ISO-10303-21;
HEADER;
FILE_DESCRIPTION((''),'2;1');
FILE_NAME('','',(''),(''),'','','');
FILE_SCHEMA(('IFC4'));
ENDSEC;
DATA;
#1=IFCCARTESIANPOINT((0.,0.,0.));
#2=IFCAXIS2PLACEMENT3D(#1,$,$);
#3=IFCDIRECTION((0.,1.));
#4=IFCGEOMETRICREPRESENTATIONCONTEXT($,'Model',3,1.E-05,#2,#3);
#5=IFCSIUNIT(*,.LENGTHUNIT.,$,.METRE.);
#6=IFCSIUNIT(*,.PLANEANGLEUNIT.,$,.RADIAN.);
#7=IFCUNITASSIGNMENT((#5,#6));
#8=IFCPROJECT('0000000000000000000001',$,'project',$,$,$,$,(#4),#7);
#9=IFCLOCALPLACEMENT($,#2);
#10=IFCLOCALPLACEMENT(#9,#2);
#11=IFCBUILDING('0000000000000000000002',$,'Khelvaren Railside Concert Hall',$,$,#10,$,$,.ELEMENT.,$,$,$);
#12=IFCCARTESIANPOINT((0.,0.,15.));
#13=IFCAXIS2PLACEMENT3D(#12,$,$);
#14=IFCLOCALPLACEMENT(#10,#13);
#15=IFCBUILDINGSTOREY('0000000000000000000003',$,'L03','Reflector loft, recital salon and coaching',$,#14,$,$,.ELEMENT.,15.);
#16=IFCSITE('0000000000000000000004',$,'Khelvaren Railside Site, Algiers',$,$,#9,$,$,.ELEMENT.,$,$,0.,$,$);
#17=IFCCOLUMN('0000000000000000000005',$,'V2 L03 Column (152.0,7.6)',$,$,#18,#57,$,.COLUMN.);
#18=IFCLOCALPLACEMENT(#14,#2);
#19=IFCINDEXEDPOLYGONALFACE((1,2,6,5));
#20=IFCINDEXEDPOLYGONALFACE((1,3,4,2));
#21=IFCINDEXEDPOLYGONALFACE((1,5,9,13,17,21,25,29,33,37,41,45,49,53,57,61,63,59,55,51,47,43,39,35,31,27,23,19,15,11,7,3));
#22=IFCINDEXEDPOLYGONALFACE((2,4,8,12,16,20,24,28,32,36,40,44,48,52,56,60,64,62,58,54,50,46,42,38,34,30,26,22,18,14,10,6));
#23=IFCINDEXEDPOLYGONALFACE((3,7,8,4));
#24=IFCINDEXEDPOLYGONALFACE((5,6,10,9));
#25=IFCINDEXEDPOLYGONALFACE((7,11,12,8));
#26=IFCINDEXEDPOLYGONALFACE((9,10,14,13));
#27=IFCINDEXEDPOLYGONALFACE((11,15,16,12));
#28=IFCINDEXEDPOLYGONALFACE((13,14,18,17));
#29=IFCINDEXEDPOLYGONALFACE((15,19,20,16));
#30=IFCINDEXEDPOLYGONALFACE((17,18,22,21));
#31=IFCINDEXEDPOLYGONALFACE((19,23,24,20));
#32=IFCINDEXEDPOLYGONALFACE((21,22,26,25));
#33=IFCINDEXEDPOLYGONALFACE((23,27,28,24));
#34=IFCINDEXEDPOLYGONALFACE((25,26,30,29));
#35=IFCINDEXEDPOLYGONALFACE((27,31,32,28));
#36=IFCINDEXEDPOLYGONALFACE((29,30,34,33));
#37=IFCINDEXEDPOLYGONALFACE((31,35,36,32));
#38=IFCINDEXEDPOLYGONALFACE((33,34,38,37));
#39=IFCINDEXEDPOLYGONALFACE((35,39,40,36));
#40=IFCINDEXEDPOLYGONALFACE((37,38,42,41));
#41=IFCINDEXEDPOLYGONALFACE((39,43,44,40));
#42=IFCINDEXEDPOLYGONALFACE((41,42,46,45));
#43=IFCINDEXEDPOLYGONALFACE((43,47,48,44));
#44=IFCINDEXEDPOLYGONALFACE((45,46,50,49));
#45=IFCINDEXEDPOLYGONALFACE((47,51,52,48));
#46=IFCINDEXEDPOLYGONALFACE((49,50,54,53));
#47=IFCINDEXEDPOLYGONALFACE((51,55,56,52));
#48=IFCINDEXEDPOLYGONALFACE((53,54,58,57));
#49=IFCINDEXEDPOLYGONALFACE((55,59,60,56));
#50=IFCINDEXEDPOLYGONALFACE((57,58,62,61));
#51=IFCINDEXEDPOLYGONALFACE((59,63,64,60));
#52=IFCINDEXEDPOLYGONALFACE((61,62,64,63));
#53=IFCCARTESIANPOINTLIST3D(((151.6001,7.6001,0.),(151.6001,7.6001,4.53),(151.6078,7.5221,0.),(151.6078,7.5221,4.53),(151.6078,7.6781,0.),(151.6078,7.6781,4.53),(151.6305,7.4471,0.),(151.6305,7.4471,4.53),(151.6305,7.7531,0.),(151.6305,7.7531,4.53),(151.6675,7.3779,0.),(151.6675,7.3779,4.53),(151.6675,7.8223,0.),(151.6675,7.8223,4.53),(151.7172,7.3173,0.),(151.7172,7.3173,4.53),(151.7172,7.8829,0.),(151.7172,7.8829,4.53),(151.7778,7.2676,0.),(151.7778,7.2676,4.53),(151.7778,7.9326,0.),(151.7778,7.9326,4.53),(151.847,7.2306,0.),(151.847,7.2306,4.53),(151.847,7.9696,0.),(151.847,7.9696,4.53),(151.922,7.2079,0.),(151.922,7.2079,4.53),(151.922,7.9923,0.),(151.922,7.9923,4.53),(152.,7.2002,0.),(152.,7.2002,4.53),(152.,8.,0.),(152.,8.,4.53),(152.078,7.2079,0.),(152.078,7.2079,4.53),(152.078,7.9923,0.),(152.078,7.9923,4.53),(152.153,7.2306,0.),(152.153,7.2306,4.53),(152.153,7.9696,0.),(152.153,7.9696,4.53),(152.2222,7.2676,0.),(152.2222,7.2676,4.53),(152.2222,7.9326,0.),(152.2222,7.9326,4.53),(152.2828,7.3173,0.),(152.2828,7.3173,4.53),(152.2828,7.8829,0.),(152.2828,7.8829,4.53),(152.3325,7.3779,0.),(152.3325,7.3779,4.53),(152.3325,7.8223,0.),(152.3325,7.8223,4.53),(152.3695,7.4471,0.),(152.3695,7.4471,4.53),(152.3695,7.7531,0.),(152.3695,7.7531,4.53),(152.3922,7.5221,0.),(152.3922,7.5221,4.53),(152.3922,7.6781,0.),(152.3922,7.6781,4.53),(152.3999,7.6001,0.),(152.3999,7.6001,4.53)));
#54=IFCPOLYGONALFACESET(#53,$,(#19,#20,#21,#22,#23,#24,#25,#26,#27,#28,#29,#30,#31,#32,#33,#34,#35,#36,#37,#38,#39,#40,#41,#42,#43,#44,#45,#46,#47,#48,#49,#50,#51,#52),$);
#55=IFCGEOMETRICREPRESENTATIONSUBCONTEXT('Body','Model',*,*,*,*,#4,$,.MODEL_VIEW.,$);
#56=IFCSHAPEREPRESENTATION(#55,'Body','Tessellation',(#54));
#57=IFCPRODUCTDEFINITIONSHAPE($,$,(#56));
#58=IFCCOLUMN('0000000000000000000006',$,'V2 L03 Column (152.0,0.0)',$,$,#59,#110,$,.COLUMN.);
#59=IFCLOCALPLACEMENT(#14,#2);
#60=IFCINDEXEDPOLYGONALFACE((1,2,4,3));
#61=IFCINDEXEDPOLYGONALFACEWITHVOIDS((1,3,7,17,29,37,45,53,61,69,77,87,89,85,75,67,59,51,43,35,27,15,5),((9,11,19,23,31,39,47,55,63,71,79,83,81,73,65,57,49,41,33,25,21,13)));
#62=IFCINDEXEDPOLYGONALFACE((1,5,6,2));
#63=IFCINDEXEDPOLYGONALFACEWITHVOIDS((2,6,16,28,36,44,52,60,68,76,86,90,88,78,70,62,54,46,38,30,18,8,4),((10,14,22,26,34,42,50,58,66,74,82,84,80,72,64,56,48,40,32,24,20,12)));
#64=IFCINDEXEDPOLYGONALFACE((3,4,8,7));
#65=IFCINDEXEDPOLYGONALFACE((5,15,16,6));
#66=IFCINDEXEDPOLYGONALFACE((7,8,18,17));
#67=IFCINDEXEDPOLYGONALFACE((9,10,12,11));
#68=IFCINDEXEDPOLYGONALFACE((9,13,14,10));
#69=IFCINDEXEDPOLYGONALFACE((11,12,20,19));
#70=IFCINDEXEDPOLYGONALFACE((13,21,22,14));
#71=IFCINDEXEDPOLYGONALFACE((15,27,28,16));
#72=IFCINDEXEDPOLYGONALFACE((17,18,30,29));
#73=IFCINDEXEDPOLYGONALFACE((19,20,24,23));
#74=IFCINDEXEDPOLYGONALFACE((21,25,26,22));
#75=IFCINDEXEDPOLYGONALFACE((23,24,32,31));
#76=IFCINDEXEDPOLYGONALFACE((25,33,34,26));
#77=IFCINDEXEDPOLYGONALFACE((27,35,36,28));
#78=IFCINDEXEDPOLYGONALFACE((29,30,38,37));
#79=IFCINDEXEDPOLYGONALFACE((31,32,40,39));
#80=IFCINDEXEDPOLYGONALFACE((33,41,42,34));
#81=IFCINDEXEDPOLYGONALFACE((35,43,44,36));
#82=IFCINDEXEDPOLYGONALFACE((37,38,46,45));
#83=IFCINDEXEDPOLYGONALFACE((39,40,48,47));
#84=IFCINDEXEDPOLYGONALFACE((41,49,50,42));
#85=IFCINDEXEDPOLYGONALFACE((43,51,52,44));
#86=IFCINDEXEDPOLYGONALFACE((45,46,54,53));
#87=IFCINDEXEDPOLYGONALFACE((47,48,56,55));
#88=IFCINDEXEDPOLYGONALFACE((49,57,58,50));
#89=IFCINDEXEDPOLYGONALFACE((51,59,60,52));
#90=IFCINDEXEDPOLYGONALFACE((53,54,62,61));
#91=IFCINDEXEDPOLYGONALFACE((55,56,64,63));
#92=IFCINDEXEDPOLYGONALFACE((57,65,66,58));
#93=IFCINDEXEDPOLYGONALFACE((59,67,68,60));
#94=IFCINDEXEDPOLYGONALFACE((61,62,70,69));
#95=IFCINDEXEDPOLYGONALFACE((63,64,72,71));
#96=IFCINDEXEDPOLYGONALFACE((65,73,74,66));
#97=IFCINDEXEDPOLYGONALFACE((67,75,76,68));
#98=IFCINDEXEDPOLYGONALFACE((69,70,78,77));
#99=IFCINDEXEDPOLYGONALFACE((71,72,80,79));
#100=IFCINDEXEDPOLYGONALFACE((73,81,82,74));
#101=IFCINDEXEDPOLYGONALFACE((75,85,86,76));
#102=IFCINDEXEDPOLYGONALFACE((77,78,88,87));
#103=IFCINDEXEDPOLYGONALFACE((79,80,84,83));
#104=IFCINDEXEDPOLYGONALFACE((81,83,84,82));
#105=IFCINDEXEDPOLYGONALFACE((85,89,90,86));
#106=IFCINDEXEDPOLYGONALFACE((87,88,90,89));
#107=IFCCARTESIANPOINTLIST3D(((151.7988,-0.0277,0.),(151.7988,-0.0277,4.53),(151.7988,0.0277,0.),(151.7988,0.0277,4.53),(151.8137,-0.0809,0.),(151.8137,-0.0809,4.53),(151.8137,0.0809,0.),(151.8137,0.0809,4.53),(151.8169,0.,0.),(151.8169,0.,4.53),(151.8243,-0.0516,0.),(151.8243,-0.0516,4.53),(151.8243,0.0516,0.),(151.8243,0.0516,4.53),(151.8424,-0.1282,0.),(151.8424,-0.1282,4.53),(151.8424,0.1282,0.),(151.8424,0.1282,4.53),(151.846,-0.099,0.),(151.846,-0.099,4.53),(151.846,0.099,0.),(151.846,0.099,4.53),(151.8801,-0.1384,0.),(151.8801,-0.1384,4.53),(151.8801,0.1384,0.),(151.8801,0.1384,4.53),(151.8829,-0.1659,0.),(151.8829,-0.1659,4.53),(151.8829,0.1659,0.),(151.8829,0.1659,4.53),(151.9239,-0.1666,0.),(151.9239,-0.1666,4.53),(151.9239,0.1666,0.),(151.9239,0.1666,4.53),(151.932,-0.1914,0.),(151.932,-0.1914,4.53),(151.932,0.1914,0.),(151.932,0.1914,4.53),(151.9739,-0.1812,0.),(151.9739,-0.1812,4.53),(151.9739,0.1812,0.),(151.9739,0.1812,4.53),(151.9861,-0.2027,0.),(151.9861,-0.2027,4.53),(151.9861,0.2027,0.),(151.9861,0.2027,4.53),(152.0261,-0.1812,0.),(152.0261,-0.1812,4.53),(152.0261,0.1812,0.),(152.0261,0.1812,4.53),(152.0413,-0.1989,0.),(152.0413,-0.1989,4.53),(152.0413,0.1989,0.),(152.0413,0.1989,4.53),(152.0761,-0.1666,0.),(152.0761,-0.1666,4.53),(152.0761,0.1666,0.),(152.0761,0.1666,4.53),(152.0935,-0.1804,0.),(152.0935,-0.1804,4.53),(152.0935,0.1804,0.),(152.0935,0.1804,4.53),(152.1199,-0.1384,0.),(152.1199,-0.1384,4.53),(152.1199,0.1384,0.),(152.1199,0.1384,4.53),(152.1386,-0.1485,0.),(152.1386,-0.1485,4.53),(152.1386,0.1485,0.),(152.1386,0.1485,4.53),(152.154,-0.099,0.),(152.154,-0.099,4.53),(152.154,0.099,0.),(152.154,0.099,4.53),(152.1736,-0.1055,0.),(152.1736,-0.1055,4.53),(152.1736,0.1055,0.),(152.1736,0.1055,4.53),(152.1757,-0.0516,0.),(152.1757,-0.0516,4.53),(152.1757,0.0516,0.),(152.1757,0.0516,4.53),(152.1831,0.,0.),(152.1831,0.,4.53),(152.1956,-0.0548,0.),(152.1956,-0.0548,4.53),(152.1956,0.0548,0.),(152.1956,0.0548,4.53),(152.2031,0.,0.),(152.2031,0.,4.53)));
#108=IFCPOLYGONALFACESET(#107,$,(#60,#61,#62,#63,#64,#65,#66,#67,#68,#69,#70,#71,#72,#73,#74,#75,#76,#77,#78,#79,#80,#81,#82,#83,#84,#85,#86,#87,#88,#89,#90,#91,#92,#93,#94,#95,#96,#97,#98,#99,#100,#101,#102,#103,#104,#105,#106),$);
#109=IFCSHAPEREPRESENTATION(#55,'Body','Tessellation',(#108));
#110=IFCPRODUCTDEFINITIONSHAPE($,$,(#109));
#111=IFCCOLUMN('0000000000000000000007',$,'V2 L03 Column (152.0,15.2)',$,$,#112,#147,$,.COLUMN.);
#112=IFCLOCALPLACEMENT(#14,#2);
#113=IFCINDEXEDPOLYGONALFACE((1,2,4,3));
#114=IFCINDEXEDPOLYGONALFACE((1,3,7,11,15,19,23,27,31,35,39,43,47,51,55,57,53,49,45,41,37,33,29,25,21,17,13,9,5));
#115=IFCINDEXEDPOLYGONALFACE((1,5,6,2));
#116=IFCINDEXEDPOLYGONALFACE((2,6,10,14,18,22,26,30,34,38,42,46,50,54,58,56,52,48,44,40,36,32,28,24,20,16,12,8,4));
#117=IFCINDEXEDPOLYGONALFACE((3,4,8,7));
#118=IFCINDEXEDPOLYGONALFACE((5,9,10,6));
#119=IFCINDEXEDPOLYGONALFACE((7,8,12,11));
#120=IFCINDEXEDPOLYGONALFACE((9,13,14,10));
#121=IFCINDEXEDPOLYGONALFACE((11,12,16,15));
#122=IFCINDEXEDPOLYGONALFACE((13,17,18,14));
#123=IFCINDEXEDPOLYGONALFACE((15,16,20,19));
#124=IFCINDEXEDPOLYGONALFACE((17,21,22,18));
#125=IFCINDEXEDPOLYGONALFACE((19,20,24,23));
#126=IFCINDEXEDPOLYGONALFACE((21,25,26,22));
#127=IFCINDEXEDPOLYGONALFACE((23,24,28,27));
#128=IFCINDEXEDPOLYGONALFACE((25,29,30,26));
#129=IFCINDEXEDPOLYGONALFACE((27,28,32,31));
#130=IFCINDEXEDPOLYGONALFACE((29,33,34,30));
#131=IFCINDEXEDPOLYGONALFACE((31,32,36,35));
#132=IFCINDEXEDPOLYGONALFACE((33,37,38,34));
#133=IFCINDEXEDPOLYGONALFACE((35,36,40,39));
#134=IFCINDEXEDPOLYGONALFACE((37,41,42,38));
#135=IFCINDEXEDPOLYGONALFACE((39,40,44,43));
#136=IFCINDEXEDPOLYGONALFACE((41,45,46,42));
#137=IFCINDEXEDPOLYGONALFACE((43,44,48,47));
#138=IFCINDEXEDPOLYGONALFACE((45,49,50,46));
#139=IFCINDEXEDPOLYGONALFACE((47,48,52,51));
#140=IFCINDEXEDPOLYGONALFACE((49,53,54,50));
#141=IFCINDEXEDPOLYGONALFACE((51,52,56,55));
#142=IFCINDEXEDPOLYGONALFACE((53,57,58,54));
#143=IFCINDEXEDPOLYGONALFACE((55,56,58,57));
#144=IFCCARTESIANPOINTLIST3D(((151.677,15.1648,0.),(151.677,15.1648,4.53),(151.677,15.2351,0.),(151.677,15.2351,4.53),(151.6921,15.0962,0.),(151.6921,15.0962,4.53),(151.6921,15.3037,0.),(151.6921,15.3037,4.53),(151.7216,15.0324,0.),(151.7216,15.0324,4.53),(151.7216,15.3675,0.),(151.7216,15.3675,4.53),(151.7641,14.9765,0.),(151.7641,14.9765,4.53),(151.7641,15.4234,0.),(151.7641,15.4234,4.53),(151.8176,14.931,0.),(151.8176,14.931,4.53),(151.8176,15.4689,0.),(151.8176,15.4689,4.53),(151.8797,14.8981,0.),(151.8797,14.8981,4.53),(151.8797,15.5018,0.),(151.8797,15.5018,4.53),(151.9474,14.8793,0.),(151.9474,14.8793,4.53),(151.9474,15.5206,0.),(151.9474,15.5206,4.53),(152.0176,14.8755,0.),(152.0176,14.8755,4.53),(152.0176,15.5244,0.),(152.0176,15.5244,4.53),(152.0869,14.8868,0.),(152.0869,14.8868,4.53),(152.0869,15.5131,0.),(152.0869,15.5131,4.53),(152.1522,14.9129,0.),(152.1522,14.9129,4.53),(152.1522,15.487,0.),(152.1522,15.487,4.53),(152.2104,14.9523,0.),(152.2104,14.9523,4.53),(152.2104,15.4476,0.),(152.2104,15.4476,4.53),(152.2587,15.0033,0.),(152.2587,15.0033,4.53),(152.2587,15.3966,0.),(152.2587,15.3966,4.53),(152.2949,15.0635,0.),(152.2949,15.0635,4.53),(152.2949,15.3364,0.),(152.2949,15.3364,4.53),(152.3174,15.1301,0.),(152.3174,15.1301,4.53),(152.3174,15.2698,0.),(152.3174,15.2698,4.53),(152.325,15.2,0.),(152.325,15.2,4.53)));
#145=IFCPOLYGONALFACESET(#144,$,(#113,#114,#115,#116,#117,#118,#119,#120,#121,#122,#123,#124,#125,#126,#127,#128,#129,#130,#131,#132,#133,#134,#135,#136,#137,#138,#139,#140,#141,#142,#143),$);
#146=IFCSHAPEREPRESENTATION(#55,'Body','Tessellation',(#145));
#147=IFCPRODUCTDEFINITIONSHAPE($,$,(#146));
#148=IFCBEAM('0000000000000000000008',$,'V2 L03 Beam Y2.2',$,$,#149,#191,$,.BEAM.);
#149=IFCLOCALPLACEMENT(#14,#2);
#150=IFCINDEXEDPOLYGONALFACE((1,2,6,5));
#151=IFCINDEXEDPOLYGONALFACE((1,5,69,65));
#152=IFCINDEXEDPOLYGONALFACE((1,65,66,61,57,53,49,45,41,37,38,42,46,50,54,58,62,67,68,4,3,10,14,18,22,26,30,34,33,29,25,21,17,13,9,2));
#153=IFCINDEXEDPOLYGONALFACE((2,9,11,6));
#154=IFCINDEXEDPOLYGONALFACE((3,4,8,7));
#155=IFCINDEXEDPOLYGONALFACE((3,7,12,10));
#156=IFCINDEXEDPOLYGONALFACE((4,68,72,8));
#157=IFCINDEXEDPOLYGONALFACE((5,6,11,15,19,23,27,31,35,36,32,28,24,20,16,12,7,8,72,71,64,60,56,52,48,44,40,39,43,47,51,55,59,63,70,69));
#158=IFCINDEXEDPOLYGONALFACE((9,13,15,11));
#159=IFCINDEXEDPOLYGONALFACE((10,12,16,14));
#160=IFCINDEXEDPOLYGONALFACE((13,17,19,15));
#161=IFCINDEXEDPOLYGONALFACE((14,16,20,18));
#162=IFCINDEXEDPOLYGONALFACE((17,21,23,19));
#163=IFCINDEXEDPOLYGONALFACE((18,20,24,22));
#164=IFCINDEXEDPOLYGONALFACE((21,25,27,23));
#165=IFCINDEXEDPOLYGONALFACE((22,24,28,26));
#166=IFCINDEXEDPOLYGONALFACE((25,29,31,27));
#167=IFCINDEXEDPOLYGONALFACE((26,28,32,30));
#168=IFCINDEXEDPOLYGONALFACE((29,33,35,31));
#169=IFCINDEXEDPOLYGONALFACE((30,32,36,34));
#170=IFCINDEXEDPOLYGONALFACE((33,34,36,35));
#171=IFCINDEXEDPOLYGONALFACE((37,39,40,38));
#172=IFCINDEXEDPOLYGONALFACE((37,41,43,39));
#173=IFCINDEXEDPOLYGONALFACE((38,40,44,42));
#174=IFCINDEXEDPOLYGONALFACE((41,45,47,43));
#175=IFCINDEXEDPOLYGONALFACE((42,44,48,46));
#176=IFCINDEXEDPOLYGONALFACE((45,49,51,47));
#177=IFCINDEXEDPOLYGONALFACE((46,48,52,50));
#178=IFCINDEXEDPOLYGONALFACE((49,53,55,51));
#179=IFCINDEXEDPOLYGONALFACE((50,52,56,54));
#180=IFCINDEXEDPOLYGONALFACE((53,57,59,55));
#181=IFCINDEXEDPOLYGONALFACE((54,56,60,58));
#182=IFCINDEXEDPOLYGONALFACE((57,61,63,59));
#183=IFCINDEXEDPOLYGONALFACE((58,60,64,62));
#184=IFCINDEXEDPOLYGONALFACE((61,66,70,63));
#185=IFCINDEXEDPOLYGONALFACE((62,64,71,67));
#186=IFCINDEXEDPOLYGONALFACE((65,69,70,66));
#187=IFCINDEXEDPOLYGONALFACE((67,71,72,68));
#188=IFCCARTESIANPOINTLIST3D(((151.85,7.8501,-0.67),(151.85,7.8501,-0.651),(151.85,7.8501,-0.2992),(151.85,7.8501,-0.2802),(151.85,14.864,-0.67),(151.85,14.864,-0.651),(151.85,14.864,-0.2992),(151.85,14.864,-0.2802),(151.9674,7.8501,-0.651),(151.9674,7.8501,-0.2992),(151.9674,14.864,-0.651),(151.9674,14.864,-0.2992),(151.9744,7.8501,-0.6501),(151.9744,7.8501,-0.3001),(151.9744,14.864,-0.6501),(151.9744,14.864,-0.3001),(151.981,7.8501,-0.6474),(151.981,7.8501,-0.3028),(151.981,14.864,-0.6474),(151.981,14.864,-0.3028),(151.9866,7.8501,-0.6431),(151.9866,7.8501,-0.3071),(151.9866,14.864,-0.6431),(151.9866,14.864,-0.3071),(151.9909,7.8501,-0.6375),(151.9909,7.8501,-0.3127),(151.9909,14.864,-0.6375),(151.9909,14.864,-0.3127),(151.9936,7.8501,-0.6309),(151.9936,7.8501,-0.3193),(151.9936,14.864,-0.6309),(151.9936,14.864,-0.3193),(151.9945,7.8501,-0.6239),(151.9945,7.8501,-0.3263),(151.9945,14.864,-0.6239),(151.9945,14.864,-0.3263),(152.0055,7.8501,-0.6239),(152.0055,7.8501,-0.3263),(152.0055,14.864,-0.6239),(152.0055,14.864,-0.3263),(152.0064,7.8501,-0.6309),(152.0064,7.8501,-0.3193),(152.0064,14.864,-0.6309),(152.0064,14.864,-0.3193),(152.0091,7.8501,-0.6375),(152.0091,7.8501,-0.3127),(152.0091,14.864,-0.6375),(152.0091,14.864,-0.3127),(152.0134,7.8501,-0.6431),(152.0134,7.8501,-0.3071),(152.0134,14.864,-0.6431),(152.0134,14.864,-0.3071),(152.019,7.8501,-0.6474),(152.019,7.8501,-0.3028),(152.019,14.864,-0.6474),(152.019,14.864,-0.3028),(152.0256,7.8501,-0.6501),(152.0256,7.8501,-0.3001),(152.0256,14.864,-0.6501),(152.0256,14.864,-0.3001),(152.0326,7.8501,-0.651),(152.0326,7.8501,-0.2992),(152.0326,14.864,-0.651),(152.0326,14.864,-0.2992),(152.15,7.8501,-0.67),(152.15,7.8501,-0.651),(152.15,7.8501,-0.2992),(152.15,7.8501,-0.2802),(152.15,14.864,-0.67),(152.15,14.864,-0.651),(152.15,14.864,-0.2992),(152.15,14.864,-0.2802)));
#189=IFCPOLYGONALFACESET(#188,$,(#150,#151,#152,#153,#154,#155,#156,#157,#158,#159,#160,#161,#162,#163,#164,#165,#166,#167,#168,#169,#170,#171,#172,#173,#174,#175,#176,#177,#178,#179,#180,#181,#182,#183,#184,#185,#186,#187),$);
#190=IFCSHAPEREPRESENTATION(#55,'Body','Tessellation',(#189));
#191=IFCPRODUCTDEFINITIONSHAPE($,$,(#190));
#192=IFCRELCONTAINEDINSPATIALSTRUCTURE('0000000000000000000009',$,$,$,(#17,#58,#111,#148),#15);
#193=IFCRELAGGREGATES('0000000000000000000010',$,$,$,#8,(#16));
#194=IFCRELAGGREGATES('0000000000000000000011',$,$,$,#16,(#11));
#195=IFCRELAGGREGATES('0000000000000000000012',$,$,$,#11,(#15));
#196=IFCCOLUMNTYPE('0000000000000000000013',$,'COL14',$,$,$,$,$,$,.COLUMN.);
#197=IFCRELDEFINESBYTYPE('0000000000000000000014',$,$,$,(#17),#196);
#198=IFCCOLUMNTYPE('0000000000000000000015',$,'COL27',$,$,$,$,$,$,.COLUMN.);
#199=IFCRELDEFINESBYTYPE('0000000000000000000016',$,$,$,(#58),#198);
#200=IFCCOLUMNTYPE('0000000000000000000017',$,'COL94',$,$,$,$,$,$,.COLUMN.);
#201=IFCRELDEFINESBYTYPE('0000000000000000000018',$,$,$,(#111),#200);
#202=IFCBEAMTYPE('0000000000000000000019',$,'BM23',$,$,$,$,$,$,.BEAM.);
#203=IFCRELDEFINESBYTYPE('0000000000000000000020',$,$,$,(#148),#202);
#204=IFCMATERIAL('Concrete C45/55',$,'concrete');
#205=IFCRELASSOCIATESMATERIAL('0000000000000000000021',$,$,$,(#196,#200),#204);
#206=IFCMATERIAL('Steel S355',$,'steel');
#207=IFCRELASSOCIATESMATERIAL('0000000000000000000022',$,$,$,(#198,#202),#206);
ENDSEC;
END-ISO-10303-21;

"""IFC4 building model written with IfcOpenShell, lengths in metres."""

from ifc_helpers import new_model, si_unit, direction, frame, origin, origin_2d, place, context, subcontext, project, spatial, circle, hollow_circle, i_section, extrude, material, material_profile, profile_set, type_object, element, save


model = new_model("IFC4")

# Units and contexts
model_context = context("Model", 3, precision=1e-05, world=origin(), true_north=direction((0.0, 1.0)))
body_context = subcontext(model_context, "Body", "Model", "MODEL_VIEW")
ifc_project = project(units=[si_unit("LENGTHUNIT", "METRE"), si_unit("PLANEANGLEUNIT", "RADIAN")], contexts=[model_context])

# Site, building, storey
site_placement = place(None, origin())
site = spatial("IfcSite", under=ifc_project, at=site_placement, Name="Khelvaren Railside Site, Algiers", CompositionType="ELEMENT", RefElevation=0.0)
building_placement = place(site_placement, origin())
building = spatial("IfcBuilding", under=site, at=building_placement, Name="Khelvaren Railside Concert Hall", CompositionType="ELEMENT")
storey_placement = place(building_placement, frame((0.0, 0.0, 15.0)))
storey = spatial("IfcBuildingStorey", under=building, at=storey_placement, Name="L03", Description="Reflector loft, recital salon and coaching", CompositionType="ELEMENT", Elevation=15.0)

# Columns
ifc_material_1 = material(Name="Concrete C45/55", Category="concrete")
ifc_material_profile_1 = material_profile(ifc_material_1, circle(Radius=0.3999, at=origin_2d()), Name="RC D800")
ifc_profile_set_1 = profile_set([ifc_material_profile_1], Name="Concrete C45/55")
column_type_1 = type_object("IfcColumnType", Name="COL14", PredefinedType="COLUMN", material=ifc_profile_set_1)
column_1_placement = place(storey_placement, frame((152.0, 7.6001, 0.0), z_axis=(0.0, 0.0, 1.0), x_axis=(1.0, 0.0, 0.0)))
element("IfcColumn", 1, at=column_1_placement, inside=storey, type_object=column_type_1, Name="V2 L03 Column (152.0,7.6)", PredefinedType="COLUMN", context=body_context, shape_type="SweptSolid", body=[
    extrude(circle(Radius=0.3999, at=origin_2d()), origin(), (0.0, 0.0, 1.0), 4.53),
])
ifc_material_2 = material(Name="Steel S355", Category="steel")
ifc_material_profile_2 = material_profile(ifc_material_2, hollow_circle(Radius=0.2031, WallThickness=0.02, at=origin_2d()), Name="CHS 406.4x20")
ifc_profile_set_2 = profile_set([ifc_material_profile_2], Name="Steel S355")
column_type_2 = type_object("IfcColumnType", Name="COL27", PredefinedType="COLUMN", material=ifc_profile_set_2)
column_2_placement = place(storey_placement, frame((152.0, 0.0, 0.0), z_axis=(0.0, 0.0, 1.0), x_axis=(1.0, 0.0, 0.0)))
element("IfcColumn", 2, at=column_2_placement, inside=storey, type_object=column_type_2, Name="V2 L03 Column (152.0,0.0)", PredefinedType="COLUMN", context=body_context, shape_type="SweptSolid", body=[
    extrude(hollow_circle(Radius=0.2031, WallThickness=0.02, at=origin_2d()), origin(), (0.0, 0.0, 1.0), 4.53),
])
ifc_material_profile_3 = material_profile(ifc_material_1, circle(Radius=0.325, at=origin_2d()), Name="RC D650")
ifc_profile_set_3 = profile_set([ifc_material_profile_3], Name="Concrete C45/55")
column_type_3 = type_object("IfcColumnType", Name="COL94", PredefinedType="COLUMN", material=ifc_profile_set_3)
column_3_placement = place(storey_placement, frame((152.0, 15.2, 0.0), z_axis=(0.0, 0.0, 1.0), x_axis=(1.0, 0.0, 0.0)))
element("IfcColumn", 3, at=column_3_placement, inside=storey, type_object=column_type_3, Name="V2 L03 Column (152.0,15.2)", PredefinedType="COLUMN", context=body_context, shape_type="SweptSolid", body=[
    extrude(circle(Radius=0.325, at=origin_2d()), origin(), (0.0, 0.0, 1.0), 4.53),
])

# Beam
ifc_material_profile_4 = material_profile(ifc_material_2, i_section(OverallWidth=0.3, OverallDepth=0.3899, WebThickness=0.011, FlangeThickness=0.019, FilletRadius=0.0271, at=origin_2d()), Name="HEA 400")
ifc_profile_set_4 = profile_set([ifc_material_profile_4], Name="Steel S355")
beam_type_1 = type_object("IfcBeamType", Name="BM23", PredefinedType="BEAM", material=ifc_profile_set_4)
beam_1_placement = place(storey_placement, frame((152.0, 7.8501, -0.4751), z_axis=(0.0, 1.0, 0.0), x_axis=(-1.0, 0.0, 0.0)))
element("IfcBeam", 4, at=beam_1_placement, inside=storey, type_object=beam_type_1, Name="V2 L03 Beam Y2.2", PredefinedType="BEAM", context=body_context, shape_type="SweptSolid", body=[
    extrude(i_section(OverallWidth=0.3, OverallDepth=0.3899, WebThickness=0.011, FlangeThickness=0.019, FilletRadius=0.0271, at=origin_2d()), origin(), (0.0, 0.0, 1.0), 7.0139),
])

save(model, "model.ifc")
